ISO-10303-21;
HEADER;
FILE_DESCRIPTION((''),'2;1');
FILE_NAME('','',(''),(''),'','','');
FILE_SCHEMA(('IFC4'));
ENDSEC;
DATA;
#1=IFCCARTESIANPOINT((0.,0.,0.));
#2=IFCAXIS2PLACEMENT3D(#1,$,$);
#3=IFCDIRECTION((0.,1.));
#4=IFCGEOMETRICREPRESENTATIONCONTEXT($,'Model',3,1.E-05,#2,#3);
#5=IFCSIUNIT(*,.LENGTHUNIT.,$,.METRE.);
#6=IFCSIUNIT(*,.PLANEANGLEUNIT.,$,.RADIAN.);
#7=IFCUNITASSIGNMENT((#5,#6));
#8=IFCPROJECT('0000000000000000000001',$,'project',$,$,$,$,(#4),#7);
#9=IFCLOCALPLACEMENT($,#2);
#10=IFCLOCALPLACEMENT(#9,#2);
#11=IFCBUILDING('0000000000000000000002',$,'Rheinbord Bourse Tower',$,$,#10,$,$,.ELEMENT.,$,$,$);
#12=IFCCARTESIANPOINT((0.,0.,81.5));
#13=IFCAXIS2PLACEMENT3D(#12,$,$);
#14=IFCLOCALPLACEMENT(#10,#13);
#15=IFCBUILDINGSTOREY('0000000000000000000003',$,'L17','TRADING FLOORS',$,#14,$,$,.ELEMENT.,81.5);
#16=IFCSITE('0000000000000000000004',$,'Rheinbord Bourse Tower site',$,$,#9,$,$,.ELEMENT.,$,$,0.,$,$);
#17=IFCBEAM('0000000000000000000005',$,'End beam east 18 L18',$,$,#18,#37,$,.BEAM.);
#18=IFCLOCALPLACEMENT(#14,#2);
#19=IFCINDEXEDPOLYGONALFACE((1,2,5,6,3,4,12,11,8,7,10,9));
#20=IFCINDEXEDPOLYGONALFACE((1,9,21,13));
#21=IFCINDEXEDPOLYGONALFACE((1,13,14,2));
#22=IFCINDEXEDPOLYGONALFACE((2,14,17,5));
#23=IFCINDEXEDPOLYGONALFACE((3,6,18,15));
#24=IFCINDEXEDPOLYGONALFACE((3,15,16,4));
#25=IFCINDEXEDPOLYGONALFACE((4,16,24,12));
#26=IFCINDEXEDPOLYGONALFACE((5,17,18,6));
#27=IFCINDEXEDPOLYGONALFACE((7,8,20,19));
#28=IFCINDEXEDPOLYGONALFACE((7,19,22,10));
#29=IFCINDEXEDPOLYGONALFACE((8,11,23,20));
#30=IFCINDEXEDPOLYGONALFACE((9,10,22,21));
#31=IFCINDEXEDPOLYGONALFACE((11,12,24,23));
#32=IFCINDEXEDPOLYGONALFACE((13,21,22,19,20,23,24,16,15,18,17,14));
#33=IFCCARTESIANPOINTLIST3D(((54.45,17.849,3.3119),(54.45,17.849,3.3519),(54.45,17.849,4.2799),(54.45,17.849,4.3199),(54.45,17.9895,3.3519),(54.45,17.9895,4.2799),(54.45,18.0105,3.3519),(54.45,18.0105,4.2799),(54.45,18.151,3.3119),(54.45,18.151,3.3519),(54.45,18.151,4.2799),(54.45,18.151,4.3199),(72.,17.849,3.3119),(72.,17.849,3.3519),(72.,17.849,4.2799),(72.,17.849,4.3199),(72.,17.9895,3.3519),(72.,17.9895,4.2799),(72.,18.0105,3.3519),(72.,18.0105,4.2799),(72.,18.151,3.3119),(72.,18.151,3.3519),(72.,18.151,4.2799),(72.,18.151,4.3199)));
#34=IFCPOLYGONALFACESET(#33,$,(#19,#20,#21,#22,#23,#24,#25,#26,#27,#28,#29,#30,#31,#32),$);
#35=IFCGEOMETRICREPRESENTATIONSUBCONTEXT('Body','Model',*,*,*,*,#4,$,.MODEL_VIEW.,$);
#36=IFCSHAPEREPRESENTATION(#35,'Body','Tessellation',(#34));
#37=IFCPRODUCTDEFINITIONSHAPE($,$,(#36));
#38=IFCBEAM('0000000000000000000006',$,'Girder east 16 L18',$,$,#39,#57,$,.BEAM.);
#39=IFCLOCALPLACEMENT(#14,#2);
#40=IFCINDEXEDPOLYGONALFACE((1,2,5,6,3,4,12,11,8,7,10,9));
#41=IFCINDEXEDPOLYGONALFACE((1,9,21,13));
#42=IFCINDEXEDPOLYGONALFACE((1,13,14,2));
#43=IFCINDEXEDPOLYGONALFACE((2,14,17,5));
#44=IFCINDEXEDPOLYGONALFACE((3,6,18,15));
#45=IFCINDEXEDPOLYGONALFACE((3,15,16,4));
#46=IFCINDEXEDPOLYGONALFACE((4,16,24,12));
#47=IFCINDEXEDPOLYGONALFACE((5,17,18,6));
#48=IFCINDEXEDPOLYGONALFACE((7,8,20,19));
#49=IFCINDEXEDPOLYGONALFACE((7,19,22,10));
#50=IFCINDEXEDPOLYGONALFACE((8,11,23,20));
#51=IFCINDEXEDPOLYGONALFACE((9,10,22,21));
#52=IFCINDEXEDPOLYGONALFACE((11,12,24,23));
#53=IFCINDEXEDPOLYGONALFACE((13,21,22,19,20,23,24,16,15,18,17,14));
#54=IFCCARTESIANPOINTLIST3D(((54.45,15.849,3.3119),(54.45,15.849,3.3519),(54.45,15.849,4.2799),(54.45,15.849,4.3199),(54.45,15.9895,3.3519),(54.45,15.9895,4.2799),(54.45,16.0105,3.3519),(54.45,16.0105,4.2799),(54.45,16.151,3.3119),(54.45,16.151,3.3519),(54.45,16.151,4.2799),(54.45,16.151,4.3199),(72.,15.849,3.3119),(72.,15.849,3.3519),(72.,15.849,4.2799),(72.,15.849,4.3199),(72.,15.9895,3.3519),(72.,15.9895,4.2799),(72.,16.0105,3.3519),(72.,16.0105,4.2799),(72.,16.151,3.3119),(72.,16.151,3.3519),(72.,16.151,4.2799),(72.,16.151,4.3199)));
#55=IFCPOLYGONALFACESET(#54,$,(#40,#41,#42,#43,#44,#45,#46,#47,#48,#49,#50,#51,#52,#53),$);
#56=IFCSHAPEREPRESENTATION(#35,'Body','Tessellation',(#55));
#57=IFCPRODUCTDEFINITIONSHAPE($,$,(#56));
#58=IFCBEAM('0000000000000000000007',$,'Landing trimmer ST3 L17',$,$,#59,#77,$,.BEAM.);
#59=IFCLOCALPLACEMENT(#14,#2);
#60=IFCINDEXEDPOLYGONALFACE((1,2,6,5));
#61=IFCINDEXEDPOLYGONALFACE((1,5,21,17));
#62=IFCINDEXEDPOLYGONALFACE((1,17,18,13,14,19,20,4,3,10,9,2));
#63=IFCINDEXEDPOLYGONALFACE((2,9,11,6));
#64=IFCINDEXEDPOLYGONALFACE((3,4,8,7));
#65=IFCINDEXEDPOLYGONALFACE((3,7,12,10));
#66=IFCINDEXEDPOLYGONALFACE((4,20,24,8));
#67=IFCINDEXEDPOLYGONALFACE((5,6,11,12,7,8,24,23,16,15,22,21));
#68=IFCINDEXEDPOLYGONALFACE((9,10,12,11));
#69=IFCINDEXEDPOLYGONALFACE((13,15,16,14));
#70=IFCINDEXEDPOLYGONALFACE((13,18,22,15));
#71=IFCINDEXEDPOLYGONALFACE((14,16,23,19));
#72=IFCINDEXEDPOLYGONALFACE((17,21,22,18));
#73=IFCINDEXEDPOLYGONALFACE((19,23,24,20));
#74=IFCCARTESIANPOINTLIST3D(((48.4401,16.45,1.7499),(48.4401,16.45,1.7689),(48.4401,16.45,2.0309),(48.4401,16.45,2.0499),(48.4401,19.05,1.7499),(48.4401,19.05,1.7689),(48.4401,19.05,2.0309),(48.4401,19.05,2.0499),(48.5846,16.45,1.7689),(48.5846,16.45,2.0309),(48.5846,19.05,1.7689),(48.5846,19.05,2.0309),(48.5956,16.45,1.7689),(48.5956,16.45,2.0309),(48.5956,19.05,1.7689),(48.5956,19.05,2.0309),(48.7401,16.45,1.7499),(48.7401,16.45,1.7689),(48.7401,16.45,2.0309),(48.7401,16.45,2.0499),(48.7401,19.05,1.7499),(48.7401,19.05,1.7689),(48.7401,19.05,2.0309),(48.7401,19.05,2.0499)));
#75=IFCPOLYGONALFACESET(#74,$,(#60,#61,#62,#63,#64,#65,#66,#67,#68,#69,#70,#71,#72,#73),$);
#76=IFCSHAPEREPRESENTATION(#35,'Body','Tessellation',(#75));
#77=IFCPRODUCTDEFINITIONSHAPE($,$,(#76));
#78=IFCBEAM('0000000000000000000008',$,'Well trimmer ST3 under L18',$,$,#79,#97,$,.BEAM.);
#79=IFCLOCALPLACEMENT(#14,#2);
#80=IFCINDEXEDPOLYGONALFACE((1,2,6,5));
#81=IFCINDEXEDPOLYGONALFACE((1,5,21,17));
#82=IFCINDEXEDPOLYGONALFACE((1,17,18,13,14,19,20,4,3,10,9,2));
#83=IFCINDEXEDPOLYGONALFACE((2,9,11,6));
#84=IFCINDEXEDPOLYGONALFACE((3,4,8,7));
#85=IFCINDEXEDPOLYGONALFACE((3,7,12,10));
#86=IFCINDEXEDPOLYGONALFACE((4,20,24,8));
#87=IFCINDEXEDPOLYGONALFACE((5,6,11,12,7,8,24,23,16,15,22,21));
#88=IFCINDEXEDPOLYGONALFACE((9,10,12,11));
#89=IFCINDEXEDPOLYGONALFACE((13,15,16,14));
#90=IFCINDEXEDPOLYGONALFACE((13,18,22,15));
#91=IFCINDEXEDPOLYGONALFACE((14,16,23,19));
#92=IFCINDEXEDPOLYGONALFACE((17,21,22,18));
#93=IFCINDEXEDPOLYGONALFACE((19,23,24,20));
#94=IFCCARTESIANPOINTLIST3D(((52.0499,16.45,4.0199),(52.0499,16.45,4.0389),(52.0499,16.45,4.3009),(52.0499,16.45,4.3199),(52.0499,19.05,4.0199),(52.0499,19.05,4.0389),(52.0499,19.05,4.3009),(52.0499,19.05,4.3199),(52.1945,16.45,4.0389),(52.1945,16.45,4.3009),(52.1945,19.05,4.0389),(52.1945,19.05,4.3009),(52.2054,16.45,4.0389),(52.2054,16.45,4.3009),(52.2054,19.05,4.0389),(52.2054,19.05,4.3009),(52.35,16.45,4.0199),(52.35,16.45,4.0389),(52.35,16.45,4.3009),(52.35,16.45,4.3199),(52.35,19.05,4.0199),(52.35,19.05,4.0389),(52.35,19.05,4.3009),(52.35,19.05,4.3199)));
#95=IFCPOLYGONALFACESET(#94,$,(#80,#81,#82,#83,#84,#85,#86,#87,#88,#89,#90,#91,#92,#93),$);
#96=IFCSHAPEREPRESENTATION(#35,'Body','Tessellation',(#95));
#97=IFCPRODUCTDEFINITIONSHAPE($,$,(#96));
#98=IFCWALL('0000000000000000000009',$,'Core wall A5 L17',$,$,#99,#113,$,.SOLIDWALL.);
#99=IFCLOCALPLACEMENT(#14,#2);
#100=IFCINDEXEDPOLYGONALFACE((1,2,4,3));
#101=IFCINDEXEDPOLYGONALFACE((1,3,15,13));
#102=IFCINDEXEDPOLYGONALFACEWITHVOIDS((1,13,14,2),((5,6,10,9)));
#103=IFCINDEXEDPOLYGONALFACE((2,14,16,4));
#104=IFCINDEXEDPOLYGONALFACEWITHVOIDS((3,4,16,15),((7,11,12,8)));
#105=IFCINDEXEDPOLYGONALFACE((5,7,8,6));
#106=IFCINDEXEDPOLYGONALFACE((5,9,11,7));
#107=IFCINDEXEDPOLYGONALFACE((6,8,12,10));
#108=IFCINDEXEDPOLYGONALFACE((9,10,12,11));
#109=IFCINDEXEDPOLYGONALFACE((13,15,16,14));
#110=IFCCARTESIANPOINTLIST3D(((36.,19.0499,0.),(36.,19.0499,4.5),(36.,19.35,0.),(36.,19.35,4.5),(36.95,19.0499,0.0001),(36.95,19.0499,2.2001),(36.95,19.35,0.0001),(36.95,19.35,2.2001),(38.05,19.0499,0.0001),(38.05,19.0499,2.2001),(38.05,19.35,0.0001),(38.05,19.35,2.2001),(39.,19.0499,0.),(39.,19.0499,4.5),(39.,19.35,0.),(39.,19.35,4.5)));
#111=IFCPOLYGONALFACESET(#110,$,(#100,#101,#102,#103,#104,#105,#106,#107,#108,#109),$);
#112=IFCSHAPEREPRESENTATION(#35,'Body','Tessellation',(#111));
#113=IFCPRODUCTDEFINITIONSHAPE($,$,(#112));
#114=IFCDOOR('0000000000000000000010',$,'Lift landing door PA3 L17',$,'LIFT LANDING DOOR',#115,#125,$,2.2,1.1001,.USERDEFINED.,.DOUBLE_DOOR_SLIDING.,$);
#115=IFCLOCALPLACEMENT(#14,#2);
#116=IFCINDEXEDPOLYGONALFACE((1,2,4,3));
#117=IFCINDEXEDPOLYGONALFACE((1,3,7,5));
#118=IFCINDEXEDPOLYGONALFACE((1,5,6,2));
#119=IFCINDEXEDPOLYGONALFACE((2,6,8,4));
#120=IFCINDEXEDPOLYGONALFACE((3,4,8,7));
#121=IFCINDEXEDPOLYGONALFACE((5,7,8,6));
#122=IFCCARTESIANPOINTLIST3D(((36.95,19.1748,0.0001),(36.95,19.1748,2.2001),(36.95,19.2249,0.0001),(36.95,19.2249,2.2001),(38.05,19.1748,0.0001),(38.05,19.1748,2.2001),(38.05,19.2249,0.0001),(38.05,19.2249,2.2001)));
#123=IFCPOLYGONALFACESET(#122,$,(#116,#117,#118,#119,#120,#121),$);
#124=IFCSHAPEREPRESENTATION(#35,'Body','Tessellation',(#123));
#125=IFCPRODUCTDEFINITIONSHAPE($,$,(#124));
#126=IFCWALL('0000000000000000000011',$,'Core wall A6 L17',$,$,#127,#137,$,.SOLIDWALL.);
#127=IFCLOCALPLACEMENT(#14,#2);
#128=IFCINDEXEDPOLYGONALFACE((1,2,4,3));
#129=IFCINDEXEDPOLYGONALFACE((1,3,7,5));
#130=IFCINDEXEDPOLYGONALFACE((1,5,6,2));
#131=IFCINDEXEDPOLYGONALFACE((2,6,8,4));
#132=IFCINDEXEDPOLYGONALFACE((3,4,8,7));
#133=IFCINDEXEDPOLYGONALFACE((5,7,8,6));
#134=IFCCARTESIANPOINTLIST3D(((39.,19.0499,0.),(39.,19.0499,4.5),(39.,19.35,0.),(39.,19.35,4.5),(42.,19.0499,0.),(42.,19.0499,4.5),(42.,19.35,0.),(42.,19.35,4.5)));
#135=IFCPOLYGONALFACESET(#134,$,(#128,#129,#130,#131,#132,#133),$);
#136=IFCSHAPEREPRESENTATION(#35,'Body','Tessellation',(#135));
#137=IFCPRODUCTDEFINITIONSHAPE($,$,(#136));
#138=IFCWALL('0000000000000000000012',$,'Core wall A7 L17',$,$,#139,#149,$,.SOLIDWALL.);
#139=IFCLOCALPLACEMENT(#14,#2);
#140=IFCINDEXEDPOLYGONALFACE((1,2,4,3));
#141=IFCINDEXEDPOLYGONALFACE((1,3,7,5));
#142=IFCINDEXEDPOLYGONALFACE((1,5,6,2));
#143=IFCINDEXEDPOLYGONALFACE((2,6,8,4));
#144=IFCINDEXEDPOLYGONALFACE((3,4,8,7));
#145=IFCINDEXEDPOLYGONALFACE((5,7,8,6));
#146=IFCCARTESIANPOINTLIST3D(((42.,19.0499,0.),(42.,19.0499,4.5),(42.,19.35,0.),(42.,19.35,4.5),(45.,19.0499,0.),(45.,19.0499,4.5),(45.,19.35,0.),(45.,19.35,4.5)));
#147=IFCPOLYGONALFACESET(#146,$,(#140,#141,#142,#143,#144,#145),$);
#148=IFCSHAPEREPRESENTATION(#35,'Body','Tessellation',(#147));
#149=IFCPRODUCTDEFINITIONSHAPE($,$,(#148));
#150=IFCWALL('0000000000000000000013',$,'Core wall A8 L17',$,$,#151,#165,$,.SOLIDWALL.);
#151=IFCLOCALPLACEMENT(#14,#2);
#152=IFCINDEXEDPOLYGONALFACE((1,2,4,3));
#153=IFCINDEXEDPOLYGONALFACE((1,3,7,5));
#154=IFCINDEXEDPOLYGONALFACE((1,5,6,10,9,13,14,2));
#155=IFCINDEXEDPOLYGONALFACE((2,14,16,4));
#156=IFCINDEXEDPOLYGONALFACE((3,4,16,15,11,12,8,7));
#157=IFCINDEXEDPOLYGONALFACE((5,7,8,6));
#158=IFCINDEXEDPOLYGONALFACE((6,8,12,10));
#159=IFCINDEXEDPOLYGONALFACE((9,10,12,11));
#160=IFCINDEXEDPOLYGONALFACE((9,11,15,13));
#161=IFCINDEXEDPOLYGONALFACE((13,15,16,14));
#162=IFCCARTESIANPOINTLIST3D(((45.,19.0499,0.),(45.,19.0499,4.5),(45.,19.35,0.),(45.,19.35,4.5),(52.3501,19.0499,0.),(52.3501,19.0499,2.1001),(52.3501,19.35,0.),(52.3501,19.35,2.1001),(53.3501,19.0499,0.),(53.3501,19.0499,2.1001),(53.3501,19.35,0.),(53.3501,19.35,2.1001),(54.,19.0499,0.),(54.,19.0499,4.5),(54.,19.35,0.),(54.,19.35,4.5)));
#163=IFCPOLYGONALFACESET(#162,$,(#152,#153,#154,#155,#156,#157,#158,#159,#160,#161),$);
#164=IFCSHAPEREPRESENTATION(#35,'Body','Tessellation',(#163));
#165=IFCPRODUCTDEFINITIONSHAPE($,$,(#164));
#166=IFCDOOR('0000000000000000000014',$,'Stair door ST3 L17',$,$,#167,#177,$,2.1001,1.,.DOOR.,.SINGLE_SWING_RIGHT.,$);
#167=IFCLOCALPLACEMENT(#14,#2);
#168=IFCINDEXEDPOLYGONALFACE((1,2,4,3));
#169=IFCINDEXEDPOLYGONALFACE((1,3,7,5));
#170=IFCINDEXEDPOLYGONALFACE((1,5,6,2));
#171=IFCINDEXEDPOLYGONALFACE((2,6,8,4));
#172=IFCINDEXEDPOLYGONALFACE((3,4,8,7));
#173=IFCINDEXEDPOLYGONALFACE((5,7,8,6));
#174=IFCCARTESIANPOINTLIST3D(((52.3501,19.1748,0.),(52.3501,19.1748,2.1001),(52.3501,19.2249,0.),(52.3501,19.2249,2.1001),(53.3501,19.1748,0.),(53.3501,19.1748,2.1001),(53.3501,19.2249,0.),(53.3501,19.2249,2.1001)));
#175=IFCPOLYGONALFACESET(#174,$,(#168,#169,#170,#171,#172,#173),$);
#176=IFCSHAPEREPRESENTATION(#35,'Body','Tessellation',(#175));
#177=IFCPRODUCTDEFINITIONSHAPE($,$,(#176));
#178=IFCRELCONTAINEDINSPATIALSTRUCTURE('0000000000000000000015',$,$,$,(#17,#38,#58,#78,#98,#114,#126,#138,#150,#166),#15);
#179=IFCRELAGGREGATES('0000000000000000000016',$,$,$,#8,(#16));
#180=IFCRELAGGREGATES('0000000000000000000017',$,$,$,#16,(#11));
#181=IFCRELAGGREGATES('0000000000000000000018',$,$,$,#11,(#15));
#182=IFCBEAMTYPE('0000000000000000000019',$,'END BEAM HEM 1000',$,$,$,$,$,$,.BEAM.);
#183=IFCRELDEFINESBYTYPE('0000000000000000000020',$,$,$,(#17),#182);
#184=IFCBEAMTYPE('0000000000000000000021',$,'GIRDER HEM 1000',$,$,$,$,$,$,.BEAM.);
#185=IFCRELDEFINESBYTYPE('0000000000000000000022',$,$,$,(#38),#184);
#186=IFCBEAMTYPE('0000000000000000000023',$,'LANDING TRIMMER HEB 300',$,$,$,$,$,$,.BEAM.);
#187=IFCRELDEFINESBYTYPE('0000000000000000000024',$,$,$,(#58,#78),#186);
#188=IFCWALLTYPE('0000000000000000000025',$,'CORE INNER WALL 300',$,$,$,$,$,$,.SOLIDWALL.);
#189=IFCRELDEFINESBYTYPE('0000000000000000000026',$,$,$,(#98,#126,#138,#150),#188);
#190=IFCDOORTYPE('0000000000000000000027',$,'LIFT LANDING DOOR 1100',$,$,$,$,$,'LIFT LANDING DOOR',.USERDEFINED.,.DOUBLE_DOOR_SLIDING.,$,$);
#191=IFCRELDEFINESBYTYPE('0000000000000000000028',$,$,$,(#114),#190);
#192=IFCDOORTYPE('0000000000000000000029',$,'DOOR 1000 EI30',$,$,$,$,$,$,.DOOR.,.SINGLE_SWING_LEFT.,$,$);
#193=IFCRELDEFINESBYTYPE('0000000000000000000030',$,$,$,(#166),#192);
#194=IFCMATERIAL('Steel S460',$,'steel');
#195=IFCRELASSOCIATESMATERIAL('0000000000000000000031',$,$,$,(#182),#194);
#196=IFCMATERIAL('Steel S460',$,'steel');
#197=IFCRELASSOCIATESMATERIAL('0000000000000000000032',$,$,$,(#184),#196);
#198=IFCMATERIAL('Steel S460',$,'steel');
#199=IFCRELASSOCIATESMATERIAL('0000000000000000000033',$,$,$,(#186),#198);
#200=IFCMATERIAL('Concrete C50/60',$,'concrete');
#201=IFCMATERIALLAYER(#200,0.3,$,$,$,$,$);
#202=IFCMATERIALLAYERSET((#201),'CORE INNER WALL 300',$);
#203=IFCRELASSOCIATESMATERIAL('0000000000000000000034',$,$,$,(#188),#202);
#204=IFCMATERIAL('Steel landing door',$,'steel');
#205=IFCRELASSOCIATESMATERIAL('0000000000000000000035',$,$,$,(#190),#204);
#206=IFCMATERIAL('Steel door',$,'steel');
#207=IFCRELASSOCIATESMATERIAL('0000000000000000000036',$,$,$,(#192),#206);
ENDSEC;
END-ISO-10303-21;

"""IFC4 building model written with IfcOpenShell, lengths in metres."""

from ifc_helpers import new_model, si_unit, direction, frame, frame_2d, origin, origin_2d, place, context, subcontext, project, spatial, rectangle, i_section, extrude, material, layer, layer_set, material_profile, profile_set, type_object, element, fill, save


model = new_model("IFC4")

# Units and contexts
model_context = context("Model", 3, precision=1e-05, world=origin(), true_north=direction((0.0, 1.0)))
body_context = subcontext(model_context, "Body", "Model", "MODEL_VIEW")
ifc_project = project(units=[si_unit("LENGTHUNIT", "METRE"), si_unit("PLANEANGLEUNIT", "RADIAN")], contexts=[model_context])

# Site, building, storey
site_placement = place(None, origin())
site = spatial("IfcSite", under=ifc_project, at=site_placement, Name="Rheinbord Bourse Tower site", CompositionType="ELEMENT", RefElevation=0.0)
building_placement = place(site_placement, origin())
building = spatial("IfcBuilding", under=site, at=building_placement, Name="Rheinbord Bourse Tower", CompositionType="ELEMENT")
storey_placement = place(building_placement, frame((0.0, 0.0, 81.5)))
storey = spatial("IfcBuildingStorey", under=building, at=storey_placement, Name="L17", Description="TRADING FLOORS", CompositionType="ELEMENT", Elevation=81.5)

# Beams
ifc_material_1 = material(Name="Steel S460", Category="steel")
ifc_material_profile_1 = material_profile(ifc_material_1, i_section(OverallWidth=0.302, OverallDepth=1.0081, WebThickness=0.021, FlangeThickness=0.04, at=origin_2d()), Name="HEM 1000")
ifc_profile_set_1 = profile_set([ifc_material_profile_1], Name="Steel S460")
beam_type_1 = type_object("IfcBeamType", Name="END BEAM HEM 1000", PredefinedType="BEAM", material=ifc_profile_set_1)
beam_1_placement = place(storey_placement, frame((54.45, 18.0, 3.8159), z_axis=(1.0, 0.0, 0.0), x_axis=(0.0, 1.0, 0.0)))
element("IfcBeam", 1, at=beam_1_placement, inside=storey, type_object=beam_type_1, Name="End beam east 18 L18", PredefinedType="BEAM", context=body_context, shape_type="SweptSolid", body=[
    extrude(i_section(OverallWidth=0.302, OverallDepth=1.0081, WebThickness=0.021, FlangeThickness=0.04, at=origin_2d()), origin(), (0.0, 0.0, 1.0), 17.55),
])
ifc_material_2 = material(Name="Steel S460", Category="steel")
ifc_material_profile_2 = material_profile(ifc_material_2, i_section(OverallWidth=0.302, OverallDepth=1.0081, WebThickness=0.021, FlangeThickness=0.04, at=origin_2d()), Name="HEM 1000")
ifc_profile_set_2 = profile_set([ifc_material_profile_2], Name="Steel S460")
beam_type_2 = type_object("IfcBeamType", Name="GIRDER HEM 1000", PredefinedType="BEAM", material=ifc_profile_set_2)
beam_2_placement = place(storey_placement, frame((54.45, 16.0, 3.8159), z_axis=(1.0, 0.0, 0.0), x_axis=(0.0, 1.0, 0.0)))
element("IfcBeam", 2, at=beam_2_placement, inside=storey, type_object=beam_type_2, Name="Girder east 16 L18", PredefinedType="BEAM", context=body_context, shape_type="SweptSolid", body=[
    extrude(i_section(OverallWidth=0.302, OverallDepth=1.0081, WebThickness=0.021, FlangeThickness=0.04, at=origin_2d()), origin(), (0.0, 0.0, 1.0), 17.55),
])
ifc_material_3 = material(Name="Steel S460", Category="steel")
ifc_material_profile_3 = material_profile(ifc_material_3, i_section(OverallWidth=0.3, OverallDepth=0.3, WebThickness=0.011, FlangeThickness=0.019, at=origin_2d()), Name="HEB 300")
ifc_profile_set_3 = profile_set([ifc_material_profile_3], Name="Steel S460")
beam_type_3 = type_object("IfcBeamType", Name="LANDING TRIMMER HEB 300", PredefinedType="BEAM", material=ifc_profile_set_3)
for number, where, z_axis, x_axis, name in (
    (3, (48.5901, 16.45, 1.8999), (0.0, 1.0, 0.0), (-1.0, 0.0, 0.0), "Landing trimmer ST3 L17"),
    (4, (52.2, 16.45, 4.1699), (0.0, 1.0, 0.0), (-1.0, 0.0, 0.0), "Well trimmer ST3 under L18"),
):
    element("IfcBeam", number, at=place(storey_placement, frame(where, z_axis=z_axis, x_axis=x_axis)), inside=storey, type_object=beam_type_3, Name=name, PredefinedType="BEAM", context=body_context, shape_type="SweptSolid", body=[
        extrude(i_section(OverallWidth=0.3, OverallDepth=0.3, WebThickness=0.011, FlangeThickness=0.019, at=origin_2d()), origin(), (0.0, 0.0, 1.0), 2.6001),
    ])

# Wall, opening, door
ifc_material_4 = material(Name="Concrete C50/60", Category="concrete")
ifc_layer_1 = layer(ifc_material_4, 0.3)
ifc_layer_set_1 = layer_set([ifc_layer_1], Name="CORE INNER WALL 300")
wall_type_1 = type_object("IfcWallType", Name="CORE INNER WALL 300", PredefinedType="SOLIDWALL", material=ifc_layer_set_1)
wall_1_placement = place(storey_placement, frame((36.0, 19.2, 0.0), z_axis=(0.0, 0.0, 1.0), x_axis=(1.0, 0.0, 0.0)))
wall_1 = element("IfcWall", 5, at=wall_1_placement, inside=storey, type_object=wall_type_1, Name="Core wall A5 L17", PredefinedType="SOLIDWALL", context=body_context, shape_type="SweptSolid", body=[
    extrude(rectangle(XDim=3.0, YDim=0.3, at=frame_2d((1.5, 0.0))), origin(), (0.0, 0.0, 1.0), 4.5),
])
opening_1_placement = place(wall_1_placement, frame((0.95, 0.0, 0.0)))
opening_1 = element("IfcOpeningElement", 6, at=opening_1_placement, cuts=wall_1, PredefinedType="OPENING", context=body_context, shape_type="SweptSolid", body=[
    extrude(rectangle(XDim=1.1001, YDim=2.2, at=frame_2d((0.55, 1.1001))), frame((0.0, 0.1599, 0.0), z_axis=(0.0, -1.0, 0.0), x_axis=(1.0, 0.0, 0.0)), (0.0, 0.0, 1.0), 0.3201),
])
ifc_material_5 = material(Name="Steel landing door", Category="steel")
door_type_1 = type_object("IfcDoorType", Name="LIFT LANDING DOOR 1100", ElementType="LIFT LANDING DOOR", OperationType="DOUBLE_DOOR_SLIDING", PredefinedType="USERDEFINED", material=ifc_material_5)
door_1_placement = place(opening_1_placement, origin())
door_1 = element("IfcDoor", 7, at=door_1_placement, inside=storey, type_object=door_type_1, Name="Lift landing door PA3 L17", ObjectType="LIFT LANDING DOOR", OperationType="DOUBLE_DOOR_SLIDING", OverallHeight=2.2, OverallWidth=1.1001, PredefinedType="USERDEFINED", context=body_context, shape_type="SweptSolid", body=[
    extrude(rectangle(XDim=1.1001, YDim=2.2, at=frame_2d((0.55, 1.1001))), frame((0.0, 0.0249, 0.0), z_axis=(0.0, -1.0, 0.0), x_axis=(1.0, 0.0, 0.0)), (0.0, 0.0, 1.0), 0.05),
])
fill(opening_1, door_1)

# Walls
for number, where, z_axis, x_axis, name in (
    (8, (39.0, 19.2, 0.0), (0.0, 0.0, 1.0), (1.0, 0.0, 0.0), "Core wall A6 L17"),
    (9, (42.0, 19.2, 0.0), (0.0, 0.0, 1.0), (1.0, 0.0, 0.0), "Core wall A7 L17"),
):
    element("IfcWall", number, at=place(storey_placement, frame(where, z_axis=z_axis, x_axis=x_axis)), inside=storey, type_object=wall_type_1, Name=name, PredefinedType="SOLIDWALL", context=body_context, shape_type="SweptSolid", body=[
        extrude(rectangle(XDim=3.0, YDim=0.3, at=frame_2d((1.5, 0.0))), origin(), (0.0, 0.0, 1.0), 4.5),
    ])

# Wall, opening, door
wall_2_placement = place(storey_placement, frame((45.0, 19.2, 0.0), z_axis=(0.0, 0.0, 1.0), x_axis=(1.0, 0.0, 0.0)))
wall_2 = element("IfcWall", 10, at=wall_2_placement, inside=storey, type_object=wall_type_1, Name="Core wall A8 L17", PredefinedType="SOLIDWALL", context=body_context, shape_type="SweptSolid", body=[
    extrude(rectangle(XDim=9.0, YDim=0.3, at=frame_2d((4.5, 0.0))), origin(), (0.0, 0.0, 1.0), 4.5),
])
opening_2_placement = place(wall_2_placement, frame((7.3501, 0.0, 0.0)))
opening_2 = element("IfcOpeningElement", 11, at=opening_2_placement, cuts=wall_2, PredefinedType="OPENING", context=body_context, shape_type="SweptSolid", body=[
    extrude(rectangle(XDim=1.0, YDim=2.1001, at=frame_2d((0.5, 1.05))), frame((0.0, 0.1599, 0.0), z_axis=(0.0, -1.0, 0.0), x_axis=(1.0, 0.0, 0.0)), (0.0, 0.0, 1.0), 0.3201),
])
ifc_material_6 = material(Name="Steel door", Category="steel")
door_type_2 = type_object("IfcDoorType", Name="DOOR 1000 EI30", OperationType="SINGLE_SWING_LEFT", PredefinedType="DOOR", material=ifc_material_6)
door_2_placement = place(opening_2_placement, origin())
door_2 = element("IfcDoor", 12, at=door_2_placement, inside=storey, type_object=door_type_2, Name="Stair door ST3 L17", OperationType="SINGLE_SWING_RIGHT", OverallHeight=2.1001, OverallWidth=1.0, PredefinedType="DOOR", context=body_context, shape_type="SweptSolid", body=[
    extrude(rectangle(XDim=1.0, YDim=2.1001, at=frame_2d((0.5, 1.05))), frame((0.0, 0.0249, 0.0), z_axis=(0.0, -1.0, 0.0), x_axis=(1.0, 0.0, 0.0)), (0.0, 0.0, 1.0), 0.05),
])
fill(opening_2, door_2)

save(model, "model.ifc")
